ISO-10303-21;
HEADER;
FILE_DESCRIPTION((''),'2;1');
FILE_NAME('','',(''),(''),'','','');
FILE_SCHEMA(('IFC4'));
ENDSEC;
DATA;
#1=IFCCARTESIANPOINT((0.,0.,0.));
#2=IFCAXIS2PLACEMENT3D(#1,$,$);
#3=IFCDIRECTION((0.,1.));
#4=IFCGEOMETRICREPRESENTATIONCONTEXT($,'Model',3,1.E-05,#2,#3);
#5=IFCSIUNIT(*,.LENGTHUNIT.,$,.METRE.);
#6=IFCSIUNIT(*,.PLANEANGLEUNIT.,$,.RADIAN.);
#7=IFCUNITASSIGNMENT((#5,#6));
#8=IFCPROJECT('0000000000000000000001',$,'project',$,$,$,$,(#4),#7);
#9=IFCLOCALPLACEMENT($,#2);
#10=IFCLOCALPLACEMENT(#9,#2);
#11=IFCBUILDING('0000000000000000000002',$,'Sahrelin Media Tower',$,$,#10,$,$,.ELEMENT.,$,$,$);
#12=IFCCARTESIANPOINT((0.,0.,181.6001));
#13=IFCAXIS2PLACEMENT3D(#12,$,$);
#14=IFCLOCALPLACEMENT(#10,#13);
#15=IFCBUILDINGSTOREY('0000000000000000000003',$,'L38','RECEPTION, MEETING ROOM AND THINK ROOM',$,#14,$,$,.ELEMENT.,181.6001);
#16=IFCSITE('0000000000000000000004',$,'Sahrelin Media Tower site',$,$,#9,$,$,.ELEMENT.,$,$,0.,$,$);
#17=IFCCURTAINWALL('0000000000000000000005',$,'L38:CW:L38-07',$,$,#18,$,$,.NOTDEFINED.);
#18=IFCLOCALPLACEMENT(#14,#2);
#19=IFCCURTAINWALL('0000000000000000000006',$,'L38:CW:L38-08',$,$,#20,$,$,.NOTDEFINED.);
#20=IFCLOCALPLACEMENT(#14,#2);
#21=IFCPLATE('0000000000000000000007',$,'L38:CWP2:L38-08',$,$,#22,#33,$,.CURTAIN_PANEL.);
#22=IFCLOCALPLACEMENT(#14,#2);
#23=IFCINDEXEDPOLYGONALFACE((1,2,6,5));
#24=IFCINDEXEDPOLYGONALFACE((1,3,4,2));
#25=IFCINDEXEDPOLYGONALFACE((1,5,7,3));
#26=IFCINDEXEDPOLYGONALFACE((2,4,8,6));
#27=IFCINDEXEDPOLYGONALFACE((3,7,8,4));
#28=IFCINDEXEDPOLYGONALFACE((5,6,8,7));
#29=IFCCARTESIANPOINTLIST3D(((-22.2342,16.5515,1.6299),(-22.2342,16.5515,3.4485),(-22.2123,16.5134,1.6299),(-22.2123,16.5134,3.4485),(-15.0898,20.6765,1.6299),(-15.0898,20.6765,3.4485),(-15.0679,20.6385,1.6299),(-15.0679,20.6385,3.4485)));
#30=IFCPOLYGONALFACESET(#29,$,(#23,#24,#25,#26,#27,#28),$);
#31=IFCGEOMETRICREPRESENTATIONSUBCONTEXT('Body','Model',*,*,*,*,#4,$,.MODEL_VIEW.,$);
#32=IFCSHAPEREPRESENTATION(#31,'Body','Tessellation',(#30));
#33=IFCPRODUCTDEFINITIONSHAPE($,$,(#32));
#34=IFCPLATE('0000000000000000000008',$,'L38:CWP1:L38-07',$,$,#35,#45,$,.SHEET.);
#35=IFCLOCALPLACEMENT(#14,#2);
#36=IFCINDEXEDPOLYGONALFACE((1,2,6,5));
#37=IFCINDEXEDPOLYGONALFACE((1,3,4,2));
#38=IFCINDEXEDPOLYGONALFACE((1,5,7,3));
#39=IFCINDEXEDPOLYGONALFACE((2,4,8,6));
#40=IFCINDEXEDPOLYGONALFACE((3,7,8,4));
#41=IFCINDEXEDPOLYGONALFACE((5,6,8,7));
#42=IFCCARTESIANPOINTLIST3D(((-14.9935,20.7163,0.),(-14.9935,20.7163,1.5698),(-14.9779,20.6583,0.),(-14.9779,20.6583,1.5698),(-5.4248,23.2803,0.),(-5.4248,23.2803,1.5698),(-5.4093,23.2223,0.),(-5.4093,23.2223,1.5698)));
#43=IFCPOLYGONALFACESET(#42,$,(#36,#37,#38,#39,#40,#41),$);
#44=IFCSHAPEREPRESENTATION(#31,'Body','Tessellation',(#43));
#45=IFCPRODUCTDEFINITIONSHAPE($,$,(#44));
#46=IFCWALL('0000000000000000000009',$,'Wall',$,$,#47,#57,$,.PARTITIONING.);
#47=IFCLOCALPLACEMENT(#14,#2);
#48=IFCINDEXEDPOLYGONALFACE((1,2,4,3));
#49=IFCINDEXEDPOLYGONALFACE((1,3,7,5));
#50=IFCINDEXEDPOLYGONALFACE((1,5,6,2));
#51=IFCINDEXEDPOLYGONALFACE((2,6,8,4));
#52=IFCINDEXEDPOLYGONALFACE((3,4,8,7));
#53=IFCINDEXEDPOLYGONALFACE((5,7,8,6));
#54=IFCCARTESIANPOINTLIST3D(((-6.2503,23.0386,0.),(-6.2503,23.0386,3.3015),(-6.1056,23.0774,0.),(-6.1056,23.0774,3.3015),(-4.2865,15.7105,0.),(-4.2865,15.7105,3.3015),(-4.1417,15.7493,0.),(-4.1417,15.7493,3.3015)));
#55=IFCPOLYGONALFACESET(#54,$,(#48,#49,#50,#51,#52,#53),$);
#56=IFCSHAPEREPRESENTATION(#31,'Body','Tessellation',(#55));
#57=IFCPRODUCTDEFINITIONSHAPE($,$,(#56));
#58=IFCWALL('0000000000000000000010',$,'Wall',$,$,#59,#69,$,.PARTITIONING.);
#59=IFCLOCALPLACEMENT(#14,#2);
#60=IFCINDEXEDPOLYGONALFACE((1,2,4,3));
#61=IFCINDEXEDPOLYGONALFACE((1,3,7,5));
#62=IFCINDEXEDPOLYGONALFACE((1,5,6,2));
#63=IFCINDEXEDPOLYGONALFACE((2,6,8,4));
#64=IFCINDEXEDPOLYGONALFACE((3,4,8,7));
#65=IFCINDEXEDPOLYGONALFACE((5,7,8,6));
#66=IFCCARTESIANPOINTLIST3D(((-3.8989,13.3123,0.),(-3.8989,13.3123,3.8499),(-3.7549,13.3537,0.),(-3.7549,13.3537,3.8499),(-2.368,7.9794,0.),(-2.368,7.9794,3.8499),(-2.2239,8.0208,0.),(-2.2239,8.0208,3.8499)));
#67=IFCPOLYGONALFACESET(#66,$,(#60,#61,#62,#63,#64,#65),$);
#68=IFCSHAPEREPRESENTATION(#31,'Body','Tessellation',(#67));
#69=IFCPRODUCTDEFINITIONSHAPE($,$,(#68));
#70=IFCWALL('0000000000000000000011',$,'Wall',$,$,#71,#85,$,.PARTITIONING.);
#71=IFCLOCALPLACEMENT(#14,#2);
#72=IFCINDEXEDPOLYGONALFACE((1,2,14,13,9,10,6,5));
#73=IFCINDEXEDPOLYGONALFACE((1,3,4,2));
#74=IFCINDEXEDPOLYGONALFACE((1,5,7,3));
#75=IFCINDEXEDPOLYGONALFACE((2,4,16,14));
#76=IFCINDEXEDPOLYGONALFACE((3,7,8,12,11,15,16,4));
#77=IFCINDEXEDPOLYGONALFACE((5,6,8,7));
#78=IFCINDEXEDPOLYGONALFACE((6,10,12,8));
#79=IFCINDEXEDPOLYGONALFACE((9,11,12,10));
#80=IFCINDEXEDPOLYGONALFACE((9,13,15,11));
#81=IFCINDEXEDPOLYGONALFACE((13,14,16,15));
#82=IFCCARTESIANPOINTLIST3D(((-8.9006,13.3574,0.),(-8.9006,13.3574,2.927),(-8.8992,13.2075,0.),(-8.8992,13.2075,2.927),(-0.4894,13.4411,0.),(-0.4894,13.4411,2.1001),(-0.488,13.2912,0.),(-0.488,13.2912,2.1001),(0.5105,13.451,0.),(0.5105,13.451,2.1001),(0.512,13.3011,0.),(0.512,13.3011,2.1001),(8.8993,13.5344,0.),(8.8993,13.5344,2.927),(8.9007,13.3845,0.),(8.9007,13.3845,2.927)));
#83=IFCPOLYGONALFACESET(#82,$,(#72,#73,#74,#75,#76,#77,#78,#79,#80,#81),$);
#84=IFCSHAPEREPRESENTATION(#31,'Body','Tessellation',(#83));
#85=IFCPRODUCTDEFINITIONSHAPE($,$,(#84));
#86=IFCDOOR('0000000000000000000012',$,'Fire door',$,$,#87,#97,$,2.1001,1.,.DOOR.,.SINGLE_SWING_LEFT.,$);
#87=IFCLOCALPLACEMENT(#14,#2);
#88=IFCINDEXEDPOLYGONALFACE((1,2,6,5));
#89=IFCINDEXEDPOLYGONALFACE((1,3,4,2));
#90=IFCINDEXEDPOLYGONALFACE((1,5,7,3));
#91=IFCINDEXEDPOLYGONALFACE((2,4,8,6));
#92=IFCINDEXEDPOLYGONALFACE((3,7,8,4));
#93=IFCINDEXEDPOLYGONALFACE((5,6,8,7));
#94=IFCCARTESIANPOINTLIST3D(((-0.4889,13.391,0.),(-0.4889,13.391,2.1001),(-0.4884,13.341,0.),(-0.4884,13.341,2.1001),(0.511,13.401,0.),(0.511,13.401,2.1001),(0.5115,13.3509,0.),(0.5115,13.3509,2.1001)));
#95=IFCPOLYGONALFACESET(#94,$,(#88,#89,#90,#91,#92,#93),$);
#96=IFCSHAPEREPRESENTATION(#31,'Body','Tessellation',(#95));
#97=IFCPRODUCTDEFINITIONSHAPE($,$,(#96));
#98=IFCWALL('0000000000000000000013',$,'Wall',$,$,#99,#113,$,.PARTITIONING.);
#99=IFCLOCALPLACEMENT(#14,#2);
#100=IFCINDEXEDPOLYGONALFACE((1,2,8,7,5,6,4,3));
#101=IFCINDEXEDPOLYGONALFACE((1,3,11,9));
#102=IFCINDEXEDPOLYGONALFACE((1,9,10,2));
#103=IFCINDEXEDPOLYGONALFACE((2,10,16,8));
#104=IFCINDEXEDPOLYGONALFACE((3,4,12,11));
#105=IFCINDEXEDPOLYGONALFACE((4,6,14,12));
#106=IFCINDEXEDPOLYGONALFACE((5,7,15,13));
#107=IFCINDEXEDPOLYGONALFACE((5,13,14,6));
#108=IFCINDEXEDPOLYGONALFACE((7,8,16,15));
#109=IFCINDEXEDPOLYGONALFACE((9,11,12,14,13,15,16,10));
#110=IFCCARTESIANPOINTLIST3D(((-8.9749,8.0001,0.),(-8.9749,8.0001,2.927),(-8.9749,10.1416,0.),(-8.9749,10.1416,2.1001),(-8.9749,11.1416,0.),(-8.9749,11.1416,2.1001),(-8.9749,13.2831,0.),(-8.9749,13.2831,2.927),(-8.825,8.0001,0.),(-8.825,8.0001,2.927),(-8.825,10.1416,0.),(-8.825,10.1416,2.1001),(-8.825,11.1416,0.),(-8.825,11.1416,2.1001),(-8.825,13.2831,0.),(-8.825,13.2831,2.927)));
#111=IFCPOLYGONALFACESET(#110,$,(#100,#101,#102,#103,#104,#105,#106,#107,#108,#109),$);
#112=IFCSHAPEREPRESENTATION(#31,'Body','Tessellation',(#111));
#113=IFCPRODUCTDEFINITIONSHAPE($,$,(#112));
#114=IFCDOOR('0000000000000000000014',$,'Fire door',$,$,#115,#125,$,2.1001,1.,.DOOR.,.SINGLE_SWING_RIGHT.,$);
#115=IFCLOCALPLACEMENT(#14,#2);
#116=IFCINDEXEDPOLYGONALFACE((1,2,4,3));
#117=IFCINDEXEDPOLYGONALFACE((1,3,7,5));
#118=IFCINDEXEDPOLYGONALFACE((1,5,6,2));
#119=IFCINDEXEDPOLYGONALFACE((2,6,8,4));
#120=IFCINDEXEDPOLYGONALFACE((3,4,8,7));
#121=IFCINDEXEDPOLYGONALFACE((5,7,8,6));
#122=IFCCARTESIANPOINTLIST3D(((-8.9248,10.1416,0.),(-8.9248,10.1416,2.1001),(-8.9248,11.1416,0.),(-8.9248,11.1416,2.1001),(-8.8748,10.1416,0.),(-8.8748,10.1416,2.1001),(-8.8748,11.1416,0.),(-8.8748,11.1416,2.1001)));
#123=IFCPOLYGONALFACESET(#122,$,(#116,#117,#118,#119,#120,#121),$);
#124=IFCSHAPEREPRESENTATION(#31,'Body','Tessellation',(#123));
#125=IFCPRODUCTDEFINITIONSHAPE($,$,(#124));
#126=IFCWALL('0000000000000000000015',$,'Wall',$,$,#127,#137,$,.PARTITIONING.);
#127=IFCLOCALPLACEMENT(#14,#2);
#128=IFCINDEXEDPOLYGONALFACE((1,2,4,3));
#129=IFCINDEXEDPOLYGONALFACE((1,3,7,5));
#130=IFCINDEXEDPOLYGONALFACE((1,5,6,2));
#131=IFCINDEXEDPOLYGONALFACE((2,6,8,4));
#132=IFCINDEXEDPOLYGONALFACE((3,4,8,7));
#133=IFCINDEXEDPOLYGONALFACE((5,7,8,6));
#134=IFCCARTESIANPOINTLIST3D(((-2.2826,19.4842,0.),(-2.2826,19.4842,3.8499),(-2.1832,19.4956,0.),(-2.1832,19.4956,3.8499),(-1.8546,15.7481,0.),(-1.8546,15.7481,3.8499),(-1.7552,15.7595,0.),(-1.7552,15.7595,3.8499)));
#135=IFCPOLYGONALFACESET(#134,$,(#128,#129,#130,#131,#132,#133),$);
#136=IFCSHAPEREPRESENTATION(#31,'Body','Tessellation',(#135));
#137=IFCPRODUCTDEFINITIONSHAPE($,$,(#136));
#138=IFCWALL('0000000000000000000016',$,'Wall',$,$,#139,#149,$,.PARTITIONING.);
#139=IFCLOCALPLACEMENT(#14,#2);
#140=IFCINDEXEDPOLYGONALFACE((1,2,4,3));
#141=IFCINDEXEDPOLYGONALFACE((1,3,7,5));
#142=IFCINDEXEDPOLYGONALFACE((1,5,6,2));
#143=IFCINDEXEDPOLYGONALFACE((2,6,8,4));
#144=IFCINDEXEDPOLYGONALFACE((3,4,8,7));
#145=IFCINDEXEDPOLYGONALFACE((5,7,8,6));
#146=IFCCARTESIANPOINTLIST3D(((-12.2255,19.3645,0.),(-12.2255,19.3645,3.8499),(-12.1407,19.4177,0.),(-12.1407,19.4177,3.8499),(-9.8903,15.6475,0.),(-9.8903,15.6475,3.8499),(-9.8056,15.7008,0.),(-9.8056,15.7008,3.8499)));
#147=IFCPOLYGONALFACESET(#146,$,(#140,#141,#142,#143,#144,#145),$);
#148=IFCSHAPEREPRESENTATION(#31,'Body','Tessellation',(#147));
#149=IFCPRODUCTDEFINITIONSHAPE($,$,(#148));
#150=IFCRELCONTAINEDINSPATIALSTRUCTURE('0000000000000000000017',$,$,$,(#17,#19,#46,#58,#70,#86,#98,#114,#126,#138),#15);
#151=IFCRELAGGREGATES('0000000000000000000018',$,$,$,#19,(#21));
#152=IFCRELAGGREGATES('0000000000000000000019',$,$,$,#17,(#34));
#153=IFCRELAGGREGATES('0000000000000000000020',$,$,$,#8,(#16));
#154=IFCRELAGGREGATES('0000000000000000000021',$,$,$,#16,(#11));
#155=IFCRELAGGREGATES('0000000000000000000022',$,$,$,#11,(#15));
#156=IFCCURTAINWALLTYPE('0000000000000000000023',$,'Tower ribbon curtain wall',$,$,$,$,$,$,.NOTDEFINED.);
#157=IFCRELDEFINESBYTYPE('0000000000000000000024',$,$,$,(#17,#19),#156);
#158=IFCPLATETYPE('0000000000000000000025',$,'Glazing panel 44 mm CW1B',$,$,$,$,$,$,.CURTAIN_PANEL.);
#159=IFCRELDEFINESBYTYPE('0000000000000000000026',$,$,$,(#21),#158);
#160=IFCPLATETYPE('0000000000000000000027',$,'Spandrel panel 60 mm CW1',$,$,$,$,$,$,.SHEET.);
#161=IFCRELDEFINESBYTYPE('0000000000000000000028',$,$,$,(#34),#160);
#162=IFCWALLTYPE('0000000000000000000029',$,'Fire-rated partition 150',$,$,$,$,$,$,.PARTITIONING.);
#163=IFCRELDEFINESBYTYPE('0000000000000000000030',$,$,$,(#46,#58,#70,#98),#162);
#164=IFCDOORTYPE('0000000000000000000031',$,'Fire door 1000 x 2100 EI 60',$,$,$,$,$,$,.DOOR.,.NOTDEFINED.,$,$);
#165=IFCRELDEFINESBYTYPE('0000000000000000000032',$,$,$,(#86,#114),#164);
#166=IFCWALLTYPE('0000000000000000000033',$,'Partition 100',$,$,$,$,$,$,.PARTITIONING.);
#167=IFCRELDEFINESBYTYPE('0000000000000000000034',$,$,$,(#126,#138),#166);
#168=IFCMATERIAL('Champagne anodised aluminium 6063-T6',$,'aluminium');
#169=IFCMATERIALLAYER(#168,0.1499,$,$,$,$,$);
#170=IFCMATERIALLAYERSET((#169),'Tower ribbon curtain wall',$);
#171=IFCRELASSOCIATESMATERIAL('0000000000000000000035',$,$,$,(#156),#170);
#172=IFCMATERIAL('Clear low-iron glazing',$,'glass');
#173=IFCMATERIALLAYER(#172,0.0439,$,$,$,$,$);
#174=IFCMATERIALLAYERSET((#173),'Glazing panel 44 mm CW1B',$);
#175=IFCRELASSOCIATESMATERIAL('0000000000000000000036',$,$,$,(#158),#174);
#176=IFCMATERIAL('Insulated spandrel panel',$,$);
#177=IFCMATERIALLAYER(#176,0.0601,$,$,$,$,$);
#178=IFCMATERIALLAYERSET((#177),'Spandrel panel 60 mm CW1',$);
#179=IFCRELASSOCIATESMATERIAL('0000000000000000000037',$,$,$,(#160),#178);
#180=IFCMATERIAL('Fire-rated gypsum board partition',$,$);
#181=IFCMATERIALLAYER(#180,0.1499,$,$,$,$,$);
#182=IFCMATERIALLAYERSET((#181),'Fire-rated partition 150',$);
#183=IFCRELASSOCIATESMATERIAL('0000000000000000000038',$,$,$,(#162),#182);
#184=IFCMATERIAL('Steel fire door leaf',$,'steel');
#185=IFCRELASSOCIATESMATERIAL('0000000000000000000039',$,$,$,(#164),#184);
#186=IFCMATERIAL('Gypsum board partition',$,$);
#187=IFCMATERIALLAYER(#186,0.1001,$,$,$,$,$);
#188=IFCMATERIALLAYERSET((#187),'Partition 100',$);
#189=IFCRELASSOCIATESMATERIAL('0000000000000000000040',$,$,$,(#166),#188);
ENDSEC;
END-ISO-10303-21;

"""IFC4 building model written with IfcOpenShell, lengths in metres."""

from ifc_helpers import new_model, si_unit, direction, frame, frame_2d, origin, place, context, subcontext, project, spatial, polyline, rectangle, outline, extrude, material, layer, layer_set, type_object, element, fill, aggregate, save


model = new_model("IFC4")

# Units and contexts
model_context = context("Model", 3, precision=1e-05, world=origin(), true_north=direction((0.0, 1.0)))
body_context = subcontext(model_context, "Body", "Model", "MODEL_VIEW")
ifc_project = project(units=[si_unit("LENGTHUNIT", "METRE"), si_unit("PLANEANGLEUNIT", "RADIAN")], contexts=[model_context])

# Site, building, storey
site_placement = place(None, origin())
site = spatial("IfcSite", under=ifc_project, at=site_placement, Name="Sahrelin Media Tower site", CompositionType="ELEMENT", RefElevation=0.0)
building_placement = place(site_placement, origin())
building = spatial("IfcBuilding", under=site, at=building_placement, Name="Sahrelin Media Tower", CompositionType="ELEMENT")
storey_placement = place(building_placement, frame((0.0, 0.0, 181.6001)))
storey = spatial("IfcBuildingStorey", under=building, at=storey_placement, Name="L38", Description="RECEPTION, MEETING ROOM AND THINK ROOM", CompositionType="ELEMENT", Elevation=181.6001)

# Curtain wall
ifc_material_1 = material(Name="Champagne anodised aluminium 6063-T6", Category="aluminium")
ifc_layer_1 = layer(ifc_material_1, 0.1499)
ifc_layer_set_1 = layer_set([ifc_layer_1], Name="Tower ribbon curtain wall")
curtain_wall_type = type_object("IfcCurtainWallType", Name="Tower ribbon curtain wall", PredefinedType="NOTDEFINED", material=ifc_layer_set_1)
curtain_wall_1_placement = place(storey_placement, frame((-10.2041, 21.979, 0.0), z_axis=(0.0, 0.0, 1.0), x_axis=(1.0, 0.0, 0.0)))
curtain_wall_1 = element("IfcCurtainWall", 1, at=curtain_wall_1_placement, inside=storey, type_object=curtain_wall_type, Name="L38:CW:L38-07", PredefinedType="NOTDEFINED")

# Curtain wall
curtain_wall_2_placement = place(storey_placement, frame((-18.6521, 18.5967, 0.0), z_axis=(0.0, 0.0, 1.0), x_axis=(1.0, 0.0, 0.0)))
curtain_wall_2 = element("IfcCurtainWall", 2, at=curtain_wall_2_placement, inside=storey, type_object=curtain_wall_type, Name="L38:CW:L38-08", PredefinedType="NOTDEFINED")

# Plates
ifc_material_2 = material(Name="Clear low-iron glazing", Category="glass")
ifc_layer_2 = layer(ifc_material_2, 0.0439)
ifc_layer_set_2 = layer_set([ifc_layer_2], Name="Glazing panel 44 mm CW1B")
plate_type_1 = type_object("IfcPlateType", Name="Glazing panel 44 mm CW1B", PredefinedType="CURTAIN_PANEL", material=ifc_layer_set_2)
plate_1_placement = place(storey_placement, frame((-15.0898, 20.6765, 1.6299), z_axis=(-0.500022, 0.866013, 0.0), x_axis=(-0.866013, -0.500022, 0.0)))
plate_1 = element("IfcPlate", 3, at=plate_1_placement, type_object=plate_type_1, Name="L38:CWP2:L38-08", PredefinedType="CURTAIN_PANEL", context=body_context, shape_type="SweptSolid", body=[
    extrude(outline(polyline([(0.0, 0.0), (8.2498, 0.0), (8.2498, 1.8186), (0.0, 1.8186), (0.0, 0.0)])), origin(), (0.0, 0.0, -1.0), 0.0439),
])
aggregate(curtain_wall_2, [plate_1])
ifc_material_3 = material(Name="Insulated spandrel panel")
ifc_layer_3 = layer(ifc_material_3, 0.0601)
ifc_layer_set_3 = layer_set([ifc_layer_3], Name="Spandrel panel 60 mm CW1")
plate_type_2 = type_object("IfcPlateType", Name="Spandrel panel 60 mm CW1", PredefinedType="SHEET", material=ifc_layer_set_3)
plate_2_placement = place(storey_placement, frame((-5.4248, 23.2803, 0.0), z_axis=(-0.258825, 0.965924, 0.0), x_axis=(-0.965924, -0.258825, 0.0)))
plate_2 = element("IfcPlate", 4, at=plate_2_placement, type_object=plate_type_2, Name="L38:CWP1:L38-07", PredefinedType="SHEET", context=body_context, shape_type="SweptSolid", body=[
    extrude(outline(polyline([(0.0, 0.0), (9.9062, 0.0), (9.9062, 1.5698), (0.0, 1.5698), (0.0, 0.0)])), origin(), (0.0, 0.0, -1.0), 0.0601),
])
aggregate(curtain_wall_1, [plate_2])

# Walls
ifc_material_4 = material(Name="Fire-rated gypsum board partition")
ifc_layer_4 = layer(ifc_material_4, 0.1499)
ifc_layer_set_4 = layer_set([ifc_layer_4], Name="Fire-rated partition 150")
wall_type_1 = type_object("IfcWallType", Name="Fire-rated partition 150", PredefinedType="PARTITIONING", material=ifc_layer_set_4)
wall_1_placement = place(storey_placement, frame((-6.178, 23.0581, 0.0), z_axis=(0.0, 0.0, 1.0), x_axis=(0.258856, -0.965916, 0.0)))
element("IfcWall", 5, at=wall_1_placement, inside=storey, type_object=wall_type_1, Name="Wall", PredefinedType="PARTITIONING", context=body_context, shape_type="SweptSolid", body=[
    extrude(rectangle(XDim=7.5867, YDim=0.1499, at=frame_2d((3.7935, 0.0))), origin(), (0.0, 0.0, 1.0), 3.3015),
])
wall_2_placement = place(storey_placement, frame((-3.8269, 13.333, 0.0), z_axis=(0.0, 0.0, 1.0), x_axis=(0.275936, -0.961176, 0.0)))
element("IfcWall", 6, at=wall_2_placement, inside=storey, type_object=wall_type_1, Name="Wall", PredefinedType="PARTITIONING", context=body_context, shape_type="SweptSolid", body=[
    extrude(rectangle(XDim=5.5483, YDim=0.1499, at=frame_2d((2.7742, 0.0))), origin(), (0.0, 0.0, 1.0), 3.8499),
])

# Walls, openings, doors
wall_3_placement = place(storey_placement, frame((-8.8999, 13.2825, 0.0), z_axis=(0.0, 0.0, 1.0), x_axis=(0.999951, 0.009944, 0.0)))
wall_3 = element("IfcWall", 7, at=wall_3_placement, inside=storey, type_object=wall_type_1, Name="Wall", PredefinedType="PARTITIONING", context=body_context, shape_type="SweptSolid", body=[
    extrude(rectangle(XDim=17.8008, YDim=0.1499, at=frame_2d((8.9004, 0.0))), origin(), (0.0, 0.0, 1.0), 2.927),
])
opening_1_placement = place(wall_3_placement, frame((8.4116, 0.0, 0.0)))
opening_1 = element("IfcOpeningElement", 8, at=opening_1_placement, cuts=wall_3, PredefinedType="OPENING", context=body_context, shape_type="SweptSolid", body=[
    extrude(rectangle(XDim=1.0, YDim=2.1001, at=frame_2d((0.5, 1.05))), frame((0.0, 0.075, 0.0), z_axis=(0.0, -1.0, 0.0), x_axis=(1.0, 0.0, 0.0)), (0.0, 0.0, 1.0), 0.1499),
])
ifc_material_5 = material(Name="Steel fire door leaf", Category="steel")
door_type = type_object("IfcDoorType", Name="Fire door 1000 x 2100 EI 60", OperationType="NOTDEFINED", PredefinedType="DOOR", material=ifc_material_5)
door_1_placement = place(opening_1_placement, origin())
door_1 = element("IfcDoor", 9, at=door_1_placement, inside=storey, type_object=door_type, Name="Fire door", OperationType="SINGLE_SWING_LEFT", OverallHeight=2.1001, OverallWidth=1.0, PredefinedType="DOOR", context=body_context, shape_type="SweptSolid", body=[
    extrude(rectangle(XDim=1.0, YDim=2.1001, at=frame_2d((0.5, 1.05))), frame((0.0, 0.0249, 0.0), z_axis=(0.0, -1.0, 0.0), x_axis=(1.0, 0.0, 0.0)), (0.0, 0.0, 1.0), 0.05),
])
fill(opening_1, door_1)
wall_4_placement = place(storey_placement, frame((-8.8999, 8.0, 0.0), z_axis=(0.0, 0.0, 1.0), x_axis=(0.0, 1.0, 0.0)))
wall_4 = element("IfcWall", 10, at=wall_4_placement, inside=storey, type_object=wall_type_1, Name="Wall", PredefinedType="PARTITIONING", context=body_context, shape_type="SweptSolid", body=[
    extrude(rectangle(XDim=5.283, YDim=0.1499, at=frame_2d((2.6416, 0.0))), origin(), (0.0, 0.0, 1.0), 2.927),
])
opening_2_placement = place(wall_4_placement, frame((2.1416, 0.0, 0.0)))
opening_2 = element("IfcOpeningElement", 11, at=opening_2_placement, cuts=wall_4, PredefinedType="OPENING", context=body_context, shape_type="SweptSolid", body=[
    extrude(rectangle(XDim=1.0, YDim=2.1001, at=frame_2d((0.5, 1.05))), frame((0.0, 0.075, 0.0), z_axis=(0.0, -1.0, 0.0), x_axis=(1.0, 0.0, 0.0)), (0.0, 0.0, 1.0), 0.1499),
])
door_2_placement = place(opening_2_placement, origin())
door_2 = element("IfcDoor", 12, at=door_2_placement, inside=storey, type_object=door_type, Name="Fire door", OperationType="SINGLE_SWING_RIGHT", OverallHeight=2.1001, OverallWidth=1.0, PredefinedType="DOOR", context=body_context, shape_type="SweptSolid", body=[
    extrude(rectangle(XDim=1.0, YDim=2.1001, at=frame_2d((0.5, 1.05))), frame((0.0, 0.0249, 0.0), z_axis=(0.0, -1.0, 0.0), x_axis=(1.0, 0.0, 0.0)), (0.0, 0.0, 1.0), 0.05),
])
fill(opening_2, door_2)

# Walls
ifc_material_6 = material(Name="Gypsum board partition")
ifc_layer_5 = layer(ifc_material_6, 0.1001)
ifc_layer_set_5 = layer_set([ifc_layer_5], Name="Partition 100")
wall_type_2 = type_object("IfcWallType", Name="Partition 100", PredefinedType="PARTITIONING", material=ifc_layer_set_5)
wall_5_placement = place(storey_placement, frame((-2.2329, 19.49, 0.0), z_axis=(0.0, 0.0, 1.0), x_axis=(0.113808, -0.993503, 0.0)))
element("IfcWall", 13, at=wall_5_placement, inside=storey, type_object=wall_type_2, Name="Wall", PredefinedType="PARTITIONING", context=body_context, shape_type="SweptSolid", body=[
    extrude(rectangle(XDim=3.7605, YDim=0.1001, at=frame_2d((1.8804, 0.0))), origin(), (0.0, 0.0, 1.0), 3.8499),
])
wall_6_placement = place(storey_placement, frame((-12.1831, 19.3911, 0.0), z_axis=(0.0, 0.0, 1.0), x_axis=(0.531972, -0.846762, 0.0)))
element("IfcWall", 14, at=wall_6_placement, inside=storey, type_object=wall_type_2, Name="Wall", PredefinedType="PARTITIONING", context=body_context, shape_type="SweptSolid", body=[
    extrude(rectangle(XDim=4.3896, YDim=0.1001, at=frame_2d((2.1948, 0.0))), origin(), (0.0, 0.0, 1.0), 3.8499),
])

save(model, "model.ifc")
